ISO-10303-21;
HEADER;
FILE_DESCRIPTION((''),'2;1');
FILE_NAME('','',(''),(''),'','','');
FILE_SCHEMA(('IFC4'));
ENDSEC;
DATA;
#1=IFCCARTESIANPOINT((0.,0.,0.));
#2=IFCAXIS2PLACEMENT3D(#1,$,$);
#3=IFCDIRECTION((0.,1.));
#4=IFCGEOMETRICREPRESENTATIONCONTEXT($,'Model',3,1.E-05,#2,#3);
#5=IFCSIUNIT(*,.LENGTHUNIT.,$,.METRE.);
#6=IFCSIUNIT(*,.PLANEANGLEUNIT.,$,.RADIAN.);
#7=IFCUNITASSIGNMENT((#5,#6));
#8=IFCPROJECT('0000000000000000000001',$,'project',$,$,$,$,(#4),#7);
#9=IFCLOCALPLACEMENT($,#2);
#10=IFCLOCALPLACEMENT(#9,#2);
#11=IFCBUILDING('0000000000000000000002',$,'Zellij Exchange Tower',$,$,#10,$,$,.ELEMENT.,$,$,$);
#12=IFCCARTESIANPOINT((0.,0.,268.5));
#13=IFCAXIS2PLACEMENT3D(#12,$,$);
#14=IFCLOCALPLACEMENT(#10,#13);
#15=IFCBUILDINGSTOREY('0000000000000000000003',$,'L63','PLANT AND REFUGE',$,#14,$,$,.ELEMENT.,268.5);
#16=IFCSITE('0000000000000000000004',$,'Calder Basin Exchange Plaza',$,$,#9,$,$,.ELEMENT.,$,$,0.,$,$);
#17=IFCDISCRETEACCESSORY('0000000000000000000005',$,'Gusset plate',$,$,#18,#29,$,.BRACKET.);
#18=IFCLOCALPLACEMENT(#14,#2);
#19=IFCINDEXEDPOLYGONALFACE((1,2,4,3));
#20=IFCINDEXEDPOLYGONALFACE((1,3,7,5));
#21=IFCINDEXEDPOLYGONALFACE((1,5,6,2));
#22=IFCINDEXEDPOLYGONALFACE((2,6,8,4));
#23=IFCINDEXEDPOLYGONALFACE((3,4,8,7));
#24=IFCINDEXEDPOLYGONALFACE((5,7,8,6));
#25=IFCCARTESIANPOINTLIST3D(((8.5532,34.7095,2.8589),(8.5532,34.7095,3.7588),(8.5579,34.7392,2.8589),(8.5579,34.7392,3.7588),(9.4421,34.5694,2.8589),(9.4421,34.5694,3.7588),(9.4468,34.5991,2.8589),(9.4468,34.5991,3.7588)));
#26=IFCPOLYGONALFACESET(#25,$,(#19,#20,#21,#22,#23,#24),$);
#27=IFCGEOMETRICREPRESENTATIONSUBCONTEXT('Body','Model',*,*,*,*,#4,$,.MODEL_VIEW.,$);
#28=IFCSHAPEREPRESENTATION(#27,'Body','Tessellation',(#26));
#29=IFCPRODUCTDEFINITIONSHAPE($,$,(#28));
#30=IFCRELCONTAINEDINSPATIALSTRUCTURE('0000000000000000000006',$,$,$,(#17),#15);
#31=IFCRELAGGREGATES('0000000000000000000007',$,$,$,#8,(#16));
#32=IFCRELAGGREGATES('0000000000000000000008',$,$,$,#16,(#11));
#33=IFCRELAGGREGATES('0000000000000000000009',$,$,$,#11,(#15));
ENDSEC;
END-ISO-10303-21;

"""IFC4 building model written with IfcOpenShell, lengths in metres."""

from ifc_helpers import new_model, si_unit, direction, frame, origin, origin_2d, place, context, subcontext, project, spatial, rectangle, extrude, element, save


model = new_model("IFC4")

# Units and contexts
model_context = context("Model", 3, precision=1e-05, world=origin(), true_north=direction((0.0, 1.0)))
body_context = subcontext(model_context, "Body", "Model", "MODEL_VIEW")
ifc_project = project(units=[si_unit("LENGTHUNIT", "METRE"), si_unit("PLANEANGLEUNIT", "RADIAN")], contexts=[model_context])

# Site, building, storey
site_placement = place(None, origin())
site = spatial("IfcSite", under=ifc_project, at=site_placement, Name="Calder Basin Exchange Plaza", CompositionType="ELEMENT", RefElevation=0.0)
building_placement = place(site_placement, origin())
building = spatial("IfcBuilding", under=site, at=building_placement, Name="Zellij Exchange Tower", CompositionType="ELEMENT")
storey_placement = place(building_placement, frame((0.0, 0.0, 268.5)))
storey = spatial("IfcBuildingStorey", under=building, at=storey_placement, Name="L63", Description="PLANT AND REFUGE", CompositionType="ELEMENT", Elevation=268.5)

# Discrete accessory
for number, where, z_axis, x_axis, name in (
    (1, (9.0, 34.6543, 2.8589), (0.0, 0.0, 1.0), (0.987801, -0.155721, 0.0), "Gusset plate"),
):
    element("IfcDiscreteAccessory", number, at=place(storey_placement, frame(where, z_axis=z_axis, x_axis=x_axis)), inside=storey, Name=name, PredefinedType="BRACKET", context=body_context, shape_type="SweptSolid", body=[
        extrude(rectangle(XDim=0.8999, YDim=0.03, at=origin_2d()), origin(), (0.0, 0.0, 1.0), 0.8999),
    ])

save(model, "model.ifc")
